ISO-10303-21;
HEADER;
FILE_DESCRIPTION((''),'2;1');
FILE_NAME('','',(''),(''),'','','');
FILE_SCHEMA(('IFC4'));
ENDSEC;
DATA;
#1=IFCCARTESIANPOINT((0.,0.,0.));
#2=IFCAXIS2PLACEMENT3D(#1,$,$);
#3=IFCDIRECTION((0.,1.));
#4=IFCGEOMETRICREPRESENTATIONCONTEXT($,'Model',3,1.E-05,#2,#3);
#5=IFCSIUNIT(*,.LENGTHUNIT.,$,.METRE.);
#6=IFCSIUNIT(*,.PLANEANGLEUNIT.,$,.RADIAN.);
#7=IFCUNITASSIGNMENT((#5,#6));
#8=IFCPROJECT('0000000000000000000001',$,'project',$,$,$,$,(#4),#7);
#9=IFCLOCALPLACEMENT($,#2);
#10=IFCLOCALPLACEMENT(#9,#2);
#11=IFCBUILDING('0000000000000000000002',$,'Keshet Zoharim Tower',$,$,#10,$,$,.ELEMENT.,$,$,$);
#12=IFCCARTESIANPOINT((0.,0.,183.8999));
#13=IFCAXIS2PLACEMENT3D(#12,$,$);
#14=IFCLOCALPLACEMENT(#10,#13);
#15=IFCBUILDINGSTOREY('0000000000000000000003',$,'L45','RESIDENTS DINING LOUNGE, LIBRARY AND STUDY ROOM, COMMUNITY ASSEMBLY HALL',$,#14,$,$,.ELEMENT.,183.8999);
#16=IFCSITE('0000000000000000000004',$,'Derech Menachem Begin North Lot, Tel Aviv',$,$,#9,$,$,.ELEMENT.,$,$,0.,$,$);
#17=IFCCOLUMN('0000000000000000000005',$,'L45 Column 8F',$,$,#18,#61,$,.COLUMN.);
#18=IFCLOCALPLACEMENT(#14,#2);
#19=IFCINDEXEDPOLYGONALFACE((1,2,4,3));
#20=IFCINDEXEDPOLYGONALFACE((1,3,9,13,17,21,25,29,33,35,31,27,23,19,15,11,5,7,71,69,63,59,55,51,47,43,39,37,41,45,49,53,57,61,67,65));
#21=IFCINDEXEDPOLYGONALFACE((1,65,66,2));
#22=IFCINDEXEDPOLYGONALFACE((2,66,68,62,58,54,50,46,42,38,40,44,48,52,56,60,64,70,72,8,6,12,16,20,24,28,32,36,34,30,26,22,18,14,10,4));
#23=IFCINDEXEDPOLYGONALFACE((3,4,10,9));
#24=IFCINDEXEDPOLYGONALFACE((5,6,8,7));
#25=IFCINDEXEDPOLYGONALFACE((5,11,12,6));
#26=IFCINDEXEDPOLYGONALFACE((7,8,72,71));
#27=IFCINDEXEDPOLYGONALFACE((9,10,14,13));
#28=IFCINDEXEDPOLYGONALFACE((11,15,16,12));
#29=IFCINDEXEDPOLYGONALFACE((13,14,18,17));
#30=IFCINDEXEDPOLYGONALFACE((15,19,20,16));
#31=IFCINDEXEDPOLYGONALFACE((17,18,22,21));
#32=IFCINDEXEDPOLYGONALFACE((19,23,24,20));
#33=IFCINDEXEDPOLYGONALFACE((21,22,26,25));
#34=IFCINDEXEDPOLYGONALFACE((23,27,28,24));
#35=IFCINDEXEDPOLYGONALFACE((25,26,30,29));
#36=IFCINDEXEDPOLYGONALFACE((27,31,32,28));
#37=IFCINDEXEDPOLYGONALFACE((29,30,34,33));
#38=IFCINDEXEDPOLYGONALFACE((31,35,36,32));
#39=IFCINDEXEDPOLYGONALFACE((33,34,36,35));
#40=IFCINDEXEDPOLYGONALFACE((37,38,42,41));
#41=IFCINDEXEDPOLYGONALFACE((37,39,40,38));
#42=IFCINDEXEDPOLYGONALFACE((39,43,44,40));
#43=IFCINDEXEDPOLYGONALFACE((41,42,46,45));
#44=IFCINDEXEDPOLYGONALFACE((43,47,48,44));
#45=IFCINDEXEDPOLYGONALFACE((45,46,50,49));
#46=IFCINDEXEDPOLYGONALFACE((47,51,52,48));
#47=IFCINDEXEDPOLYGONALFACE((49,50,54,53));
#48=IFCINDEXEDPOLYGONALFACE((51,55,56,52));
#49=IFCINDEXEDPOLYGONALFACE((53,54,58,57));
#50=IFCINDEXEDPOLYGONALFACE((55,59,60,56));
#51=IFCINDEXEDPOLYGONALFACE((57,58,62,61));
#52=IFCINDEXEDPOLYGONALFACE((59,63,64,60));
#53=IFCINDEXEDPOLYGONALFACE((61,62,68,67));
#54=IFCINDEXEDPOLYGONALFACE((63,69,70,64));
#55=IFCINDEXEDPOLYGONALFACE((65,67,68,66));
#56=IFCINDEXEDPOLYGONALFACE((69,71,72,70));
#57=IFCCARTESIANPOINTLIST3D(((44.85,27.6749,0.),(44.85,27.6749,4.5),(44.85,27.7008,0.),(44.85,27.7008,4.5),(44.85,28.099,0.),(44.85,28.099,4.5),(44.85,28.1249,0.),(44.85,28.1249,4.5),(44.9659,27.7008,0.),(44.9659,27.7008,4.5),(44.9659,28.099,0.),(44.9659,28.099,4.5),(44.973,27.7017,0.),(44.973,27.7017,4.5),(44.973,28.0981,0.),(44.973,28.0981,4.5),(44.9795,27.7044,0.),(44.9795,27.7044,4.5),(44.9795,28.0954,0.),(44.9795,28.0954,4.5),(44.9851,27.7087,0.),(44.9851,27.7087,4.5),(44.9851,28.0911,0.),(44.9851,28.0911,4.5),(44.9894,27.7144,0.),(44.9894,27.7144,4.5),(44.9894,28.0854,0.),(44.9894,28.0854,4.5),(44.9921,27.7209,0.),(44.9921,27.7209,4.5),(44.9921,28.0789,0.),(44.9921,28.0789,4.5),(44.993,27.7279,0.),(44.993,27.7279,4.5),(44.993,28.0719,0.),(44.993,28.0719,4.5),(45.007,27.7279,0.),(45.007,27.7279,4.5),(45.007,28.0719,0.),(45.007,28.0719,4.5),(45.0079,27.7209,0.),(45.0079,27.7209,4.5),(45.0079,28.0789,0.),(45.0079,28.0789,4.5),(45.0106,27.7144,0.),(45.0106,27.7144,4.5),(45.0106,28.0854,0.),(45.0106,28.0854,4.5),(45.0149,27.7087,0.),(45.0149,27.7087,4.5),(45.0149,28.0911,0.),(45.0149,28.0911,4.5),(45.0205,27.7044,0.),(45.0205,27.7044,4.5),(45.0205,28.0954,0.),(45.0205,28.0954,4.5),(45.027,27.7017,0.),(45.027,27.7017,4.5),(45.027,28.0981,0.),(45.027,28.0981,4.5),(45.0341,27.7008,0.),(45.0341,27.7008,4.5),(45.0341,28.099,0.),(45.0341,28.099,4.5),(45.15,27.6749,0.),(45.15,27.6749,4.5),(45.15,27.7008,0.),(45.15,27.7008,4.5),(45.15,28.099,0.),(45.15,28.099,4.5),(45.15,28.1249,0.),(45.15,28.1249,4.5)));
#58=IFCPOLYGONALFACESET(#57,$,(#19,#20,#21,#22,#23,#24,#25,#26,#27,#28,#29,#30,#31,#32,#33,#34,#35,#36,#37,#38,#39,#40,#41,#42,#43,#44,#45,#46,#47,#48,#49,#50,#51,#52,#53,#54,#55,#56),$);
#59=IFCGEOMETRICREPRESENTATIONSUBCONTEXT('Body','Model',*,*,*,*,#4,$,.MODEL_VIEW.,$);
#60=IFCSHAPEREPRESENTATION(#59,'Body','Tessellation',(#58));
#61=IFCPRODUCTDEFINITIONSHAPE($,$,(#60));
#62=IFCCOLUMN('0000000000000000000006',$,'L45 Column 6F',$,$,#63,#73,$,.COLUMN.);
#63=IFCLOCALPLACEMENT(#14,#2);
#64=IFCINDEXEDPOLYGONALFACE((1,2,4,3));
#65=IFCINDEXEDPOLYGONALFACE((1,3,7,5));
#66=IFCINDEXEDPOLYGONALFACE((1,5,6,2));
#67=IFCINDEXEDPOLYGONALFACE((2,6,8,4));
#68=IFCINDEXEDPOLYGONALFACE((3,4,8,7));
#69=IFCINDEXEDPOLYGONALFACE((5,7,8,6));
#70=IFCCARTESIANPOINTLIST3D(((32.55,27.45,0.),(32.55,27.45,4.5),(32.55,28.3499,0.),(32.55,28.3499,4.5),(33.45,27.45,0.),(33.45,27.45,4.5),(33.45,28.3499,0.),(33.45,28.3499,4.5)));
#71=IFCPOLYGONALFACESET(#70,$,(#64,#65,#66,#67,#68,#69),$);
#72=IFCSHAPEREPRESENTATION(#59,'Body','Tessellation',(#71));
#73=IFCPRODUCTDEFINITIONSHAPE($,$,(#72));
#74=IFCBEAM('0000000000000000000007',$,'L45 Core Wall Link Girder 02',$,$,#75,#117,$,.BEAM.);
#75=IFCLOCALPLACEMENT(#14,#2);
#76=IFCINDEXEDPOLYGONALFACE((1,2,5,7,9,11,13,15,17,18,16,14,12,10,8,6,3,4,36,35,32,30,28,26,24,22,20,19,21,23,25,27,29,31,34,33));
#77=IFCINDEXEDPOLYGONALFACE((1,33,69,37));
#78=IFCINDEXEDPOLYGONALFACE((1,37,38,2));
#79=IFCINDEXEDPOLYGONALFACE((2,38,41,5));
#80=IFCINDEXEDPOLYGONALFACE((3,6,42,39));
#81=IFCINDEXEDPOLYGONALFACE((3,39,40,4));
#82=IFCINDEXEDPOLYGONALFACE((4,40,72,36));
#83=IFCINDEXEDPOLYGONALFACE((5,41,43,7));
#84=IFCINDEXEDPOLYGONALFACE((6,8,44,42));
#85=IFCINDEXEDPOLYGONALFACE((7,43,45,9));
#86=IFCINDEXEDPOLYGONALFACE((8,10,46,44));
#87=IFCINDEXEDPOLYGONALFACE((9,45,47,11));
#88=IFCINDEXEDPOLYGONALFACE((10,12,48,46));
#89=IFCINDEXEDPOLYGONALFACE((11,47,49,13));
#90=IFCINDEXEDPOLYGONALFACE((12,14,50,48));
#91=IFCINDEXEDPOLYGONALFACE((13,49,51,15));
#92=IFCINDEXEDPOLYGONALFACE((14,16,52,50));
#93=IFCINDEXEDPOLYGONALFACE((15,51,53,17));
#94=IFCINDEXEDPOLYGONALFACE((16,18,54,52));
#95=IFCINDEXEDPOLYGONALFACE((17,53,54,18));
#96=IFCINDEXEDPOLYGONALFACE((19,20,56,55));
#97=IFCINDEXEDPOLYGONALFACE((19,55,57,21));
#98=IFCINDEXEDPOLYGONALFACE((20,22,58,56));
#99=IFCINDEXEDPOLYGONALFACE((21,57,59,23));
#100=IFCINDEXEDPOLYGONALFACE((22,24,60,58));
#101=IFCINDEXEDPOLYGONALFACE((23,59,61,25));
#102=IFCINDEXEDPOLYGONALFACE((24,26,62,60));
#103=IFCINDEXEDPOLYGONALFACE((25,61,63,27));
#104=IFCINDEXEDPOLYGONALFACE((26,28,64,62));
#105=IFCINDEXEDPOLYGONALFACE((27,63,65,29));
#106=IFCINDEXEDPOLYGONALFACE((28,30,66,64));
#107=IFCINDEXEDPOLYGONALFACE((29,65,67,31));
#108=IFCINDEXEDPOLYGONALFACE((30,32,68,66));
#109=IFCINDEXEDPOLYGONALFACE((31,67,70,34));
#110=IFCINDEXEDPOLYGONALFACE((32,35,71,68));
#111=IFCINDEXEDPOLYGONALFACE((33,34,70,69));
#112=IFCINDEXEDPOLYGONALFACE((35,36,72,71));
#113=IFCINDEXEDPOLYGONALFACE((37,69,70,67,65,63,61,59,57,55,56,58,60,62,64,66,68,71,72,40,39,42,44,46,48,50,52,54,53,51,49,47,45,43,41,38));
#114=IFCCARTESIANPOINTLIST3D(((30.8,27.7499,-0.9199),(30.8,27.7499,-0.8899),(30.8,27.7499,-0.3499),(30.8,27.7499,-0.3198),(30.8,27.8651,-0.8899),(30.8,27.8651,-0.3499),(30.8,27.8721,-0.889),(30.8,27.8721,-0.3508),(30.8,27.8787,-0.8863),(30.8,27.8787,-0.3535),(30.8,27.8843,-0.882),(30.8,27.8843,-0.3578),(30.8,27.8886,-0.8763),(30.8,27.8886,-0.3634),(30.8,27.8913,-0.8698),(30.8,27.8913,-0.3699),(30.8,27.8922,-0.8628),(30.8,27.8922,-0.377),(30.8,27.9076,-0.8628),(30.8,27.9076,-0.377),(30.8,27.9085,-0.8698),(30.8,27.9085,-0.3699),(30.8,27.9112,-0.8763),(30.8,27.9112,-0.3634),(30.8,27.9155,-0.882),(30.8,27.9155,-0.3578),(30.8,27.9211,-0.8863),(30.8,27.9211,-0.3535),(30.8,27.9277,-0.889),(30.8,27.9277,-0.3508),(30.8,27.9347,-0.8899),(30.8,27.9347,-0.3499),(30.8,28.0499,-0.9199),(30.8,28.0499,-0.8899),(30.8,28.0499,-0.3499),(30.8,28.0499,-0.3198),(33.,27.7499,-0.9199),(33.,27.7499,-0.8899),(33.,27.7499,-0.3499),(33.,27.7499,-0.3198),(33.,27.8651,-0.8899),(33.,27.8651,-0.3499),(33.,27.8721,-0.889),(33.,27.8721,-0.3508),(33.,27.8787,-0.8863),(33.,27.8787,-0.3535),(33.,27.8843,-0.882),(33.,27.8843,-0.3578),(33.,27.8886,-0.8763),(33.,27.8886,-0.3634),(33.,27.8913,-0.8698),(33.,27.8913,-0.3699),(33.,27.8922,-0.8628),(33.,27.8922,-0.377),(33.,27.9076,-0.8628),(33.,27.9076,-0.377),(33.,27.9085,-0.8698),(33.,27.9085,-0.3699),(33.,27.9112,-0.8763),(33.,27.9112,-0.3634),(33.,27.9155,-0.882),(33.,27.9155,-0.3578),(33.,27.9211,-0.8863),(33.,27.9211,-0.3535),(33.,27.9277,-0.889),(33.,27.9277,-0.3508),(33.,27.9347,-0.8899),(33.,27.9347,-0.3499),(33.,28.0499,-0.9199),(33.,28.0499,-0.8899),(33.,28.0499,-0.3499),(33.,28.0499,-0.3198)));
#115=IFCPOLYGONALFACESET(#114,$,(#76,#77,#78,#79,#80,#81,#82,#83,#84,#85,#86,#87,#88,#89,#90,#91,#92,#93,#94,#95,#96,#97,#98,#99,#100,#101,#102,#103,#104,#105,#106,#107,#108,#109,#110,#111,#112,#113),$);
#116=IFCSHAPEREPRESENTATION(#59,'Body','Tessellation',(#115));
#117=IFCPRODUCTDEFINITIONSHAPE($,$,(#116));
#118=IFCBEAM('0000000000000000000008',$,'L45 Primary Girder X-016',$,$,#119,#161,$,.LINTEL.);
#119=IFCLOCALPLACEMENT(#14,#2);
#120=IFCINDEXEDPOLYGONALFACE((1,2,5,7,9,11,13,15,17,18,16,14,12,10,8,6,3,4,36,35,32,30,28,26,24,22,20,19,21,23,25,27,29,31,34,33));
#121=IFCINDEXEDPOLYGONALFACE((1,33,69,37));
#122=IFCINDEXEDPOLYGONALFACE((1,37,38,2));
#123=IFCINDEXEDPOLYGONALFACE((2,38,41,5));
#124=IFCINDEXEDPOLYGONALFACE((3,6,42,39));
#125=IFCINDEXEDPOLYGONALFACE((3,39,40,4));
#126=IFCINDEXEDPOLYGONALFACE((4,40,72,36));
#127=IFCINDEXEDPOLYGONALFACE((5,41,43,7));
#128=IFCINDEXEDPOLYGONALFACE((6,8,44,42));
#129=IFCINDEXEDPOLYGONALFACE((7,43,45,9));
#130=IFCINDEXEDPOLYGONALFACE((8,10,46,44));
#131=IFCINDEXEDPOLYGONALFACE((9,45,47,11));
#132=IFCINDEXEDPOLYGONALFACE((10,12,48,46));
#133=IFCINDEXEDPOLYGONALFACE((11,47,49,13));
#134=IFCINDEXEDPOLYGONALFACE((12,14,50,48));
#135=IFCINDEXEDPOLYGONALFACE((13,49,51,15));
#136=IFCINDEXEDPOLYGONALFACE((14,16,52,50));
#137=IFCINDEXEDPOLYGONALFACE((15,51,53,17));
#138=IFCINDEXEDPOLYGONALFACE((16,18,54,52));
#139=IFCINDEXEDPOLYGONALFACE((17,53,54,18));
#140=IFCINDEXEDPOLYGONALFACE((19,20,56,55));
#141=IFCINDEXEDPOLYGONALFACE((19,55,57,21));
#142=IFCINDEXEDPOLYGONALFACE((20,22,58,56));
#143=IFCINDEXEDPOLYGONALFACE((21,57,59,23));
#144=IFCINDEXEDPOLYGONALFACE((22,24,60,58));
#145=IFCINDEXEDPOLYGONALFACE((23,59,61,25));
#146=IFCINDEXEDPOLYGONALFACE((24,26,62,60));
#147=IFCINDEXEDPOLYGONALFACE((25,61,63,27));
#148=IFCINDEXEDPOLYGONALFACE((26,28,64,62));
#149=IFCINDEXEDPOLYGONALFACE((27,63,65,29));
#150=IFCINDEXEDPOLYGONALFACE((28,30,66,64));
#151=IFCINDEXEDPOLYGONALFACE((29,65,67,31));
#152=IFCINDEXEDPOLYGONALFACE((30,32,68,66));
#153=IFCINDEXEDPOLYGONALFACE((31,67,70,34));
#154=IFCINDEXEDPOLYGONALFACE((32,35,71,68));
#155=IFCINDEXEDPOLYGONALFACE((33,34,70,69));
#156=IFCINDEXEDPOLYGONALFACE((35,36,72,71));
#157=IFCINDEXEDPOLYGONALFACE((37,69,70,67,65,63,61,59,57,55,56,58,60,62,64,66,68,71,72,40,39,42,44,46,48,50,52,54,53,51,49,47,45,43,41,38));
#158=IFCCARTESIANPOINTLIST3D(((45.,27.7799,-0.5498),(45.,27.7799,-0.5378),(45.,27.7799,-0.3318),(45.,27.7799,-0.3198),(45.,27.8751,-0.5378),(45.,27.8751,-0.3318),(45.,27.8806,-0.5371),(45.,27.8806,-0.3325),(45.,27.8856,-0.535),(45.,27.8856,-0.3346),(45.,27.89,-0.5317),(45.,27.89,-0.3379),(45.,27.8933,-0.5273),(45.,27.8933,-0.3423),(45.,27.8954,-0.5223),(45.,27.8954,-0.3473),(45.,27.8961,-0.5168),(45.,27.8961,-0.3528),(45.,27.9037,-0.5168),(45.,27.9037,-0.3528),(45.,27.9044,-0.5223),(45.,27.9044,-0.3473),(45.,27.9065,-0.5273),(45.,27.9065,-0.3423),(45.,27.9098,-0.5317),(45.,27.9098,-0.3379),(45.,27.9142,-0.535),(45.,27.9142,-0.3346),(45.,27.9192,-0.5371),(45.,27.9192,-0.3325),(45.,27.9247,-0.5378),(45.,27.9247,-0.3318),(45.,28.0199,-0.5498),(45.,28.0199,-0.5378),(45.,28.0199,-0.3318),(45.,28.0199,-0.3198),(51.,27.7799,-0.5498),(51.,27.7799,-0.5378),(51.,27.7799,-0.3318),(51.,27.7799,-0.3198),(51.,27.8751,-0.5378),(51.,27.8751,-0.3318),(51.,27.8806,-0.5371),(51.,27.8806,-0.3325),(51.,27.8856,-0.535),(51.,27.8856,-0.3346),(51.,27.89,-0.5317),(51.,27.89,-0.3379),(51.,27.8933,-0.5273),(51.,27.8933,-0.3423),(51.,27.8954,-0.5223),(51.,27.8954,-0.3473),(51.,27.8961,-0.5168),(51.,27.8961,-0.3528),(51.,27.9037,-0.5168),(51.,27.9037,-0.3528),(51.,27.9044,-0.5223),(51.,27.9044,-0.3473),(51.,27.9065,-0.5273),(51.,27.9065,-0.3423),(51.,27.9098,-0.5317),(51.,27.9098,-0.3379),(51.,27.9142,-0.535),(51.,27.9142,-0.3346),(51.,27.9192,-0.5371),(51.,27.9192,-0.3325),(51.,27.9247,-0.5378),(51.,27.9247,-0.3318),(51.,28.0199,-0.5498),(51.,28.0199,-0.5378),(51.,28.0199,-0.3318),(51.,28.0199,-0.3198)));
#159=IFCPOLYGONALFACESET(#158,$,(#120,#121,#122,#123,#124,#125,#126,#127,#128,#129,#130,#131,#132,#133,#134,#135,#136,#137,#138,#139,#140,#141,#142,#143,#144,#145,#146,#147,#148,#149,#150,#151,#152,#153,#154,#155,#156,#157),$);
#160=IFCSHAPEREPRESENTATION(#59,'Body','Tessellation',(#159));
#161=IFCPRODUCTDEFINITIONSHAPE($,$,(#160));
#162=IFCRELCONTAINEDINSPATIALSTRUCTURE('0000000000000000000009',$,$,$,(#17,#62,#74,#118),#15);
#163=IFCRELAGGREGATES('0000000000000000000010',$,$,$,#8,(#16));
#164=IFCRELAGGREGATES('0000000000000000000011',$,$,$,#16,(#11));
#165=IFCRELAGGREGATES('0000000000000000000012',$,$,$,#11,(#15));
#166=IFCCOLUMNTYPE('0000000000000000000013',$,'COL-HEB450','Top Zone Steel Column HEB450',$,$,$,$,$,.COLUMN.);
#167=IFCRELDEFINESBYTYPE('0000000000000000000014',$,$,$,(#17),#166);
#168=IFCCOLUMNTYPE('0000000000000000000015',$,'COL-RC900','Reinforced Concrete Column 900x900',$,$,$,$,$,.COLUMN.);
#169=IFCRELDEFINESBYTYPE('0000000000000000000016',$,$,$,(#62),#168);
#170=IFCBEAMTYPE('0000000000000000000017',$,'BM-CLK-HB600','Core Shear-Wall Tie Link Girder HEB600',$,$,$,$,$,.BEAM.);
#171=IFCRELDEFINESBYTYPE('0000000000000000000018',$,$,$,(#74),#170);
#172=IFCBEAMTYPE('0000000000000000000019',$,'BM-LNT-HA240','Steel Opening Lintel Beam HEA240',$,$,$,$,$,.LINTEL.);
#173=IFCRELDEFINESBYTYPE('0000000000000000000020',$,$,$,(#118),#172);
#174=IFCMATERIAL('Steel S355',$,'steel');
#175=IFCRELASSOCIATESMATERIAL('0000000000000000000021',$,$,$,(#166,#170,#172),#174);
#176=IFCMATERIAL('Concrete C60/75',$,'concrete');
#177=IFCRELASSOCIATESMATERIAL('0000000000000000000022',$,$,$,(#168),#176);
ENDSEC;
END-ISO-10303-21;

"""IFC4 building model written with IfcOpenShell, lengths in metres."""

from ifc_helpers import new_model, si_unit, direction, frame, origin, origin_2d, place, context, subcontext, project, spatial, rectangle, i_section, extrude, material, material_profile, profile_set, type_object, element, save


model = new_model("IFC4")

# Units and contexts
model_context = context("Model", 3, precision=1e-05, world=origin(), true_north=direction((0.0, 1.0)))
body_context = subcontext(model_context, "Body", "Model", "MODEL_VIEW")
ifc_project = project(units=[si_unit("LENGTHUNIT", "METRE"), si_unit("PLANEANGLEUNIT", "RADIAN")], contexts=[model_context])

# Site, building, storey
site_placement = place(None, origin())
site = spatial("IfcSite", under=ifc_project, at=site_placement, Name="Derech Menachem Begin North Lot, Tel Aviv", CompositionType="ELEMENT", RefElevation=0.0)
building_placement = place(site_placement, origin())
building = spatial("IfcBuilding", under=site, at=building_placement, Name="Keshet Zoharim Tower", CompositionType="ELEMENT")
storey_placement = place(building_placement, frame((0.0, 0.0, 183.8999)))
storey = spatial("IfcBuildingStorey", under=building, at=storey_placement, Name="L45", Description="RESIDENTS DINING LOUNGE, LIBRARY AND STUDY ROOM, COMMUNITY ASSEMBLY HALL", CompositionType="ELEMENT", Elevation=183.8999)

# Columns
ifc_material_1 = material(Name="Steel S355", Category="steel")
ifc_material_profile_1 = material_profile(ifc_material_1, i_section(OverallWidth=0.3, OverallDepth=0.45, WebThickness=0.0139, FlangeThickness=0.0259, FilletRadius=0.0271, at=origin_2d()), Name="HEB450")
ifc_profile_set_1 = profile_set([ifc_material_profile_1], Name="Steel S355")
column_type_1 = type_object("IfcColumnType", Name="COL-HEB450", Description="Top Zone Steel Column HEB450", PredefinedType="COLUMN", material=ifc_profile_set_1)
column_1_placement = place(storey_placement, frame((45.0, 27.8999, 0.0), z_axis=(0.0, 0.0, 1.0), x_axis=(1.0, 0.0, 0.0)))
element("IfcColumn", 1, at=column_1_placement, inside=storey, type_object=column_type_1, Name="L45 Column 8F", PredefinedType="COLUMN", context=body_context, shape_type="SweptSolid", body=[
    extrude(i_section(OverallWidth=0.3, OverallDepth=0.45, WebThickness=0.0139, FlangeThickness=0.0259, FilletRadius=0.0271, at=origin_2d()), origin(), (0.0, 0.0, 1.0), 4.5),
])
ifc_material_2 = material(Name="Concrete C60/75", Category="concrete")
ifc_material_profile_2 = material_profile(ifc_material_2, rectangle(XDim=0.8999, YDim=0.8999, at=origin_2d()), Name="RC900x900")
ifc_profile_set_2 = profile_set([ifc_material_profile_2], Name="Concrete C60/75")
column_type_2 = type_object("IfcColumnType", Name="COL-RC900", Description="Reinforced Concrete Column 900x900", PredefinedType="COLUMN", material=ifc_profile_set_2)
column_2_placement = place(storey_placement, frame((33.0, 27.8999, 0.0), z_axis=(0.0, 0.0, 1.0), x_axis=(1.0, 0.0, 0.0)))
element("IfcColumn", 2, at=column_2_placement, inside=storey, type_object=column_type_2, Name="L45 Column 6F", PredefinedType="COLUMN", context=body_context, shape_type="SweptSolid", body=[
    extrude(rectangle(XDim=0.8999, YDim=0.8999, at=origin_2d()), origin(), (0.0, 0.0, 1.0), 4.5),
])

# Beams
ifc_material_profile_3 = material_profile(ifc_material_1, i_section(OverallWidth=0.3, OverallDepth=0.6001, WebThickness=0.0154, FlangeThickness=0.03, FilletRadius=0.0271, at=origin_2d()), Name="HEB600")
ifc_profile_set_3 = profile_set([ifc_material_profile_3], Name="Steel S355")
beam_type_1 = type_object("IfcBeamType", Name="BM-CLK-HB600", Description="Core Shear-Wall Tie Link Girder HEB600", PredefinedType="BEAM", material=ifc_profile_set_3)
beam_1_placement = place(storey_placement, frame((30.8, 27.8999, -0.6199), z_axis=(1.0, 0.0, 0.0), x_axis=(0.0, 1.0, 0.0)))
element("IfcBeam", 3, at=beam_1_placement, inside=storey, type_object=beam_type_1, Name="L45 Core Wall Link Girder 02", PredefinedType="BEAM", context=body_context, shape_type="SweptSolid", body=[
    extrude(i_section(OverallWidth=0.3, OverallDepth=0.6001, WebThickness=0.0154, FlangeThickness=0.03, FilletRadius=0.0271, at=origin_2d()), origin(), (0.0, 0.0, 1.0), 2.2),
])
ifc_material_profile_4 = material_profile(ifc_material_1, i_section(OverallWidth=0.24, OverallDepth=0.23, WebThickness=0.0076, FlangeThickness=0.012, FilletRadius=0.021, at=origin_2d()), Name="HEA240")
ifc_profile_set_4 = profile_set([ifc_material_profile_4], Name="Steel S355")
beam_type_2 = type_object("IfcBeamType", Name="BM-LNT-HA240", Description="Steel Opening Lintel Beam HEA240", PredefinedType="LINTEL", material=ifc_profile_set_4)
beam_2_placement = place(storey_placement, frame((45.0, 27.8999, -0.4348), z_axis=(1.0, 0.0, 0.0), x_axis=(0.0, 1.0, 0.0)))
element("IfcBeam", 4, at=beam_2_placement, inside=storey, type_object=beam_type_2, Name="L45 Primary Girder X-016", PredefinedType="LINTEL", context=body_context, shape_type="SweptSolid", body=[
    extrude(i_section(OverallWidth=0.24, OverallDepth=0.23, WebThickness=0.0076, FlangeThickness=0.012, FilletRadius=0.021, at=origin_2d()), origin(), (0.0, 0.0, 1.0), 6.0),
])

save(model, "model.ifc")
